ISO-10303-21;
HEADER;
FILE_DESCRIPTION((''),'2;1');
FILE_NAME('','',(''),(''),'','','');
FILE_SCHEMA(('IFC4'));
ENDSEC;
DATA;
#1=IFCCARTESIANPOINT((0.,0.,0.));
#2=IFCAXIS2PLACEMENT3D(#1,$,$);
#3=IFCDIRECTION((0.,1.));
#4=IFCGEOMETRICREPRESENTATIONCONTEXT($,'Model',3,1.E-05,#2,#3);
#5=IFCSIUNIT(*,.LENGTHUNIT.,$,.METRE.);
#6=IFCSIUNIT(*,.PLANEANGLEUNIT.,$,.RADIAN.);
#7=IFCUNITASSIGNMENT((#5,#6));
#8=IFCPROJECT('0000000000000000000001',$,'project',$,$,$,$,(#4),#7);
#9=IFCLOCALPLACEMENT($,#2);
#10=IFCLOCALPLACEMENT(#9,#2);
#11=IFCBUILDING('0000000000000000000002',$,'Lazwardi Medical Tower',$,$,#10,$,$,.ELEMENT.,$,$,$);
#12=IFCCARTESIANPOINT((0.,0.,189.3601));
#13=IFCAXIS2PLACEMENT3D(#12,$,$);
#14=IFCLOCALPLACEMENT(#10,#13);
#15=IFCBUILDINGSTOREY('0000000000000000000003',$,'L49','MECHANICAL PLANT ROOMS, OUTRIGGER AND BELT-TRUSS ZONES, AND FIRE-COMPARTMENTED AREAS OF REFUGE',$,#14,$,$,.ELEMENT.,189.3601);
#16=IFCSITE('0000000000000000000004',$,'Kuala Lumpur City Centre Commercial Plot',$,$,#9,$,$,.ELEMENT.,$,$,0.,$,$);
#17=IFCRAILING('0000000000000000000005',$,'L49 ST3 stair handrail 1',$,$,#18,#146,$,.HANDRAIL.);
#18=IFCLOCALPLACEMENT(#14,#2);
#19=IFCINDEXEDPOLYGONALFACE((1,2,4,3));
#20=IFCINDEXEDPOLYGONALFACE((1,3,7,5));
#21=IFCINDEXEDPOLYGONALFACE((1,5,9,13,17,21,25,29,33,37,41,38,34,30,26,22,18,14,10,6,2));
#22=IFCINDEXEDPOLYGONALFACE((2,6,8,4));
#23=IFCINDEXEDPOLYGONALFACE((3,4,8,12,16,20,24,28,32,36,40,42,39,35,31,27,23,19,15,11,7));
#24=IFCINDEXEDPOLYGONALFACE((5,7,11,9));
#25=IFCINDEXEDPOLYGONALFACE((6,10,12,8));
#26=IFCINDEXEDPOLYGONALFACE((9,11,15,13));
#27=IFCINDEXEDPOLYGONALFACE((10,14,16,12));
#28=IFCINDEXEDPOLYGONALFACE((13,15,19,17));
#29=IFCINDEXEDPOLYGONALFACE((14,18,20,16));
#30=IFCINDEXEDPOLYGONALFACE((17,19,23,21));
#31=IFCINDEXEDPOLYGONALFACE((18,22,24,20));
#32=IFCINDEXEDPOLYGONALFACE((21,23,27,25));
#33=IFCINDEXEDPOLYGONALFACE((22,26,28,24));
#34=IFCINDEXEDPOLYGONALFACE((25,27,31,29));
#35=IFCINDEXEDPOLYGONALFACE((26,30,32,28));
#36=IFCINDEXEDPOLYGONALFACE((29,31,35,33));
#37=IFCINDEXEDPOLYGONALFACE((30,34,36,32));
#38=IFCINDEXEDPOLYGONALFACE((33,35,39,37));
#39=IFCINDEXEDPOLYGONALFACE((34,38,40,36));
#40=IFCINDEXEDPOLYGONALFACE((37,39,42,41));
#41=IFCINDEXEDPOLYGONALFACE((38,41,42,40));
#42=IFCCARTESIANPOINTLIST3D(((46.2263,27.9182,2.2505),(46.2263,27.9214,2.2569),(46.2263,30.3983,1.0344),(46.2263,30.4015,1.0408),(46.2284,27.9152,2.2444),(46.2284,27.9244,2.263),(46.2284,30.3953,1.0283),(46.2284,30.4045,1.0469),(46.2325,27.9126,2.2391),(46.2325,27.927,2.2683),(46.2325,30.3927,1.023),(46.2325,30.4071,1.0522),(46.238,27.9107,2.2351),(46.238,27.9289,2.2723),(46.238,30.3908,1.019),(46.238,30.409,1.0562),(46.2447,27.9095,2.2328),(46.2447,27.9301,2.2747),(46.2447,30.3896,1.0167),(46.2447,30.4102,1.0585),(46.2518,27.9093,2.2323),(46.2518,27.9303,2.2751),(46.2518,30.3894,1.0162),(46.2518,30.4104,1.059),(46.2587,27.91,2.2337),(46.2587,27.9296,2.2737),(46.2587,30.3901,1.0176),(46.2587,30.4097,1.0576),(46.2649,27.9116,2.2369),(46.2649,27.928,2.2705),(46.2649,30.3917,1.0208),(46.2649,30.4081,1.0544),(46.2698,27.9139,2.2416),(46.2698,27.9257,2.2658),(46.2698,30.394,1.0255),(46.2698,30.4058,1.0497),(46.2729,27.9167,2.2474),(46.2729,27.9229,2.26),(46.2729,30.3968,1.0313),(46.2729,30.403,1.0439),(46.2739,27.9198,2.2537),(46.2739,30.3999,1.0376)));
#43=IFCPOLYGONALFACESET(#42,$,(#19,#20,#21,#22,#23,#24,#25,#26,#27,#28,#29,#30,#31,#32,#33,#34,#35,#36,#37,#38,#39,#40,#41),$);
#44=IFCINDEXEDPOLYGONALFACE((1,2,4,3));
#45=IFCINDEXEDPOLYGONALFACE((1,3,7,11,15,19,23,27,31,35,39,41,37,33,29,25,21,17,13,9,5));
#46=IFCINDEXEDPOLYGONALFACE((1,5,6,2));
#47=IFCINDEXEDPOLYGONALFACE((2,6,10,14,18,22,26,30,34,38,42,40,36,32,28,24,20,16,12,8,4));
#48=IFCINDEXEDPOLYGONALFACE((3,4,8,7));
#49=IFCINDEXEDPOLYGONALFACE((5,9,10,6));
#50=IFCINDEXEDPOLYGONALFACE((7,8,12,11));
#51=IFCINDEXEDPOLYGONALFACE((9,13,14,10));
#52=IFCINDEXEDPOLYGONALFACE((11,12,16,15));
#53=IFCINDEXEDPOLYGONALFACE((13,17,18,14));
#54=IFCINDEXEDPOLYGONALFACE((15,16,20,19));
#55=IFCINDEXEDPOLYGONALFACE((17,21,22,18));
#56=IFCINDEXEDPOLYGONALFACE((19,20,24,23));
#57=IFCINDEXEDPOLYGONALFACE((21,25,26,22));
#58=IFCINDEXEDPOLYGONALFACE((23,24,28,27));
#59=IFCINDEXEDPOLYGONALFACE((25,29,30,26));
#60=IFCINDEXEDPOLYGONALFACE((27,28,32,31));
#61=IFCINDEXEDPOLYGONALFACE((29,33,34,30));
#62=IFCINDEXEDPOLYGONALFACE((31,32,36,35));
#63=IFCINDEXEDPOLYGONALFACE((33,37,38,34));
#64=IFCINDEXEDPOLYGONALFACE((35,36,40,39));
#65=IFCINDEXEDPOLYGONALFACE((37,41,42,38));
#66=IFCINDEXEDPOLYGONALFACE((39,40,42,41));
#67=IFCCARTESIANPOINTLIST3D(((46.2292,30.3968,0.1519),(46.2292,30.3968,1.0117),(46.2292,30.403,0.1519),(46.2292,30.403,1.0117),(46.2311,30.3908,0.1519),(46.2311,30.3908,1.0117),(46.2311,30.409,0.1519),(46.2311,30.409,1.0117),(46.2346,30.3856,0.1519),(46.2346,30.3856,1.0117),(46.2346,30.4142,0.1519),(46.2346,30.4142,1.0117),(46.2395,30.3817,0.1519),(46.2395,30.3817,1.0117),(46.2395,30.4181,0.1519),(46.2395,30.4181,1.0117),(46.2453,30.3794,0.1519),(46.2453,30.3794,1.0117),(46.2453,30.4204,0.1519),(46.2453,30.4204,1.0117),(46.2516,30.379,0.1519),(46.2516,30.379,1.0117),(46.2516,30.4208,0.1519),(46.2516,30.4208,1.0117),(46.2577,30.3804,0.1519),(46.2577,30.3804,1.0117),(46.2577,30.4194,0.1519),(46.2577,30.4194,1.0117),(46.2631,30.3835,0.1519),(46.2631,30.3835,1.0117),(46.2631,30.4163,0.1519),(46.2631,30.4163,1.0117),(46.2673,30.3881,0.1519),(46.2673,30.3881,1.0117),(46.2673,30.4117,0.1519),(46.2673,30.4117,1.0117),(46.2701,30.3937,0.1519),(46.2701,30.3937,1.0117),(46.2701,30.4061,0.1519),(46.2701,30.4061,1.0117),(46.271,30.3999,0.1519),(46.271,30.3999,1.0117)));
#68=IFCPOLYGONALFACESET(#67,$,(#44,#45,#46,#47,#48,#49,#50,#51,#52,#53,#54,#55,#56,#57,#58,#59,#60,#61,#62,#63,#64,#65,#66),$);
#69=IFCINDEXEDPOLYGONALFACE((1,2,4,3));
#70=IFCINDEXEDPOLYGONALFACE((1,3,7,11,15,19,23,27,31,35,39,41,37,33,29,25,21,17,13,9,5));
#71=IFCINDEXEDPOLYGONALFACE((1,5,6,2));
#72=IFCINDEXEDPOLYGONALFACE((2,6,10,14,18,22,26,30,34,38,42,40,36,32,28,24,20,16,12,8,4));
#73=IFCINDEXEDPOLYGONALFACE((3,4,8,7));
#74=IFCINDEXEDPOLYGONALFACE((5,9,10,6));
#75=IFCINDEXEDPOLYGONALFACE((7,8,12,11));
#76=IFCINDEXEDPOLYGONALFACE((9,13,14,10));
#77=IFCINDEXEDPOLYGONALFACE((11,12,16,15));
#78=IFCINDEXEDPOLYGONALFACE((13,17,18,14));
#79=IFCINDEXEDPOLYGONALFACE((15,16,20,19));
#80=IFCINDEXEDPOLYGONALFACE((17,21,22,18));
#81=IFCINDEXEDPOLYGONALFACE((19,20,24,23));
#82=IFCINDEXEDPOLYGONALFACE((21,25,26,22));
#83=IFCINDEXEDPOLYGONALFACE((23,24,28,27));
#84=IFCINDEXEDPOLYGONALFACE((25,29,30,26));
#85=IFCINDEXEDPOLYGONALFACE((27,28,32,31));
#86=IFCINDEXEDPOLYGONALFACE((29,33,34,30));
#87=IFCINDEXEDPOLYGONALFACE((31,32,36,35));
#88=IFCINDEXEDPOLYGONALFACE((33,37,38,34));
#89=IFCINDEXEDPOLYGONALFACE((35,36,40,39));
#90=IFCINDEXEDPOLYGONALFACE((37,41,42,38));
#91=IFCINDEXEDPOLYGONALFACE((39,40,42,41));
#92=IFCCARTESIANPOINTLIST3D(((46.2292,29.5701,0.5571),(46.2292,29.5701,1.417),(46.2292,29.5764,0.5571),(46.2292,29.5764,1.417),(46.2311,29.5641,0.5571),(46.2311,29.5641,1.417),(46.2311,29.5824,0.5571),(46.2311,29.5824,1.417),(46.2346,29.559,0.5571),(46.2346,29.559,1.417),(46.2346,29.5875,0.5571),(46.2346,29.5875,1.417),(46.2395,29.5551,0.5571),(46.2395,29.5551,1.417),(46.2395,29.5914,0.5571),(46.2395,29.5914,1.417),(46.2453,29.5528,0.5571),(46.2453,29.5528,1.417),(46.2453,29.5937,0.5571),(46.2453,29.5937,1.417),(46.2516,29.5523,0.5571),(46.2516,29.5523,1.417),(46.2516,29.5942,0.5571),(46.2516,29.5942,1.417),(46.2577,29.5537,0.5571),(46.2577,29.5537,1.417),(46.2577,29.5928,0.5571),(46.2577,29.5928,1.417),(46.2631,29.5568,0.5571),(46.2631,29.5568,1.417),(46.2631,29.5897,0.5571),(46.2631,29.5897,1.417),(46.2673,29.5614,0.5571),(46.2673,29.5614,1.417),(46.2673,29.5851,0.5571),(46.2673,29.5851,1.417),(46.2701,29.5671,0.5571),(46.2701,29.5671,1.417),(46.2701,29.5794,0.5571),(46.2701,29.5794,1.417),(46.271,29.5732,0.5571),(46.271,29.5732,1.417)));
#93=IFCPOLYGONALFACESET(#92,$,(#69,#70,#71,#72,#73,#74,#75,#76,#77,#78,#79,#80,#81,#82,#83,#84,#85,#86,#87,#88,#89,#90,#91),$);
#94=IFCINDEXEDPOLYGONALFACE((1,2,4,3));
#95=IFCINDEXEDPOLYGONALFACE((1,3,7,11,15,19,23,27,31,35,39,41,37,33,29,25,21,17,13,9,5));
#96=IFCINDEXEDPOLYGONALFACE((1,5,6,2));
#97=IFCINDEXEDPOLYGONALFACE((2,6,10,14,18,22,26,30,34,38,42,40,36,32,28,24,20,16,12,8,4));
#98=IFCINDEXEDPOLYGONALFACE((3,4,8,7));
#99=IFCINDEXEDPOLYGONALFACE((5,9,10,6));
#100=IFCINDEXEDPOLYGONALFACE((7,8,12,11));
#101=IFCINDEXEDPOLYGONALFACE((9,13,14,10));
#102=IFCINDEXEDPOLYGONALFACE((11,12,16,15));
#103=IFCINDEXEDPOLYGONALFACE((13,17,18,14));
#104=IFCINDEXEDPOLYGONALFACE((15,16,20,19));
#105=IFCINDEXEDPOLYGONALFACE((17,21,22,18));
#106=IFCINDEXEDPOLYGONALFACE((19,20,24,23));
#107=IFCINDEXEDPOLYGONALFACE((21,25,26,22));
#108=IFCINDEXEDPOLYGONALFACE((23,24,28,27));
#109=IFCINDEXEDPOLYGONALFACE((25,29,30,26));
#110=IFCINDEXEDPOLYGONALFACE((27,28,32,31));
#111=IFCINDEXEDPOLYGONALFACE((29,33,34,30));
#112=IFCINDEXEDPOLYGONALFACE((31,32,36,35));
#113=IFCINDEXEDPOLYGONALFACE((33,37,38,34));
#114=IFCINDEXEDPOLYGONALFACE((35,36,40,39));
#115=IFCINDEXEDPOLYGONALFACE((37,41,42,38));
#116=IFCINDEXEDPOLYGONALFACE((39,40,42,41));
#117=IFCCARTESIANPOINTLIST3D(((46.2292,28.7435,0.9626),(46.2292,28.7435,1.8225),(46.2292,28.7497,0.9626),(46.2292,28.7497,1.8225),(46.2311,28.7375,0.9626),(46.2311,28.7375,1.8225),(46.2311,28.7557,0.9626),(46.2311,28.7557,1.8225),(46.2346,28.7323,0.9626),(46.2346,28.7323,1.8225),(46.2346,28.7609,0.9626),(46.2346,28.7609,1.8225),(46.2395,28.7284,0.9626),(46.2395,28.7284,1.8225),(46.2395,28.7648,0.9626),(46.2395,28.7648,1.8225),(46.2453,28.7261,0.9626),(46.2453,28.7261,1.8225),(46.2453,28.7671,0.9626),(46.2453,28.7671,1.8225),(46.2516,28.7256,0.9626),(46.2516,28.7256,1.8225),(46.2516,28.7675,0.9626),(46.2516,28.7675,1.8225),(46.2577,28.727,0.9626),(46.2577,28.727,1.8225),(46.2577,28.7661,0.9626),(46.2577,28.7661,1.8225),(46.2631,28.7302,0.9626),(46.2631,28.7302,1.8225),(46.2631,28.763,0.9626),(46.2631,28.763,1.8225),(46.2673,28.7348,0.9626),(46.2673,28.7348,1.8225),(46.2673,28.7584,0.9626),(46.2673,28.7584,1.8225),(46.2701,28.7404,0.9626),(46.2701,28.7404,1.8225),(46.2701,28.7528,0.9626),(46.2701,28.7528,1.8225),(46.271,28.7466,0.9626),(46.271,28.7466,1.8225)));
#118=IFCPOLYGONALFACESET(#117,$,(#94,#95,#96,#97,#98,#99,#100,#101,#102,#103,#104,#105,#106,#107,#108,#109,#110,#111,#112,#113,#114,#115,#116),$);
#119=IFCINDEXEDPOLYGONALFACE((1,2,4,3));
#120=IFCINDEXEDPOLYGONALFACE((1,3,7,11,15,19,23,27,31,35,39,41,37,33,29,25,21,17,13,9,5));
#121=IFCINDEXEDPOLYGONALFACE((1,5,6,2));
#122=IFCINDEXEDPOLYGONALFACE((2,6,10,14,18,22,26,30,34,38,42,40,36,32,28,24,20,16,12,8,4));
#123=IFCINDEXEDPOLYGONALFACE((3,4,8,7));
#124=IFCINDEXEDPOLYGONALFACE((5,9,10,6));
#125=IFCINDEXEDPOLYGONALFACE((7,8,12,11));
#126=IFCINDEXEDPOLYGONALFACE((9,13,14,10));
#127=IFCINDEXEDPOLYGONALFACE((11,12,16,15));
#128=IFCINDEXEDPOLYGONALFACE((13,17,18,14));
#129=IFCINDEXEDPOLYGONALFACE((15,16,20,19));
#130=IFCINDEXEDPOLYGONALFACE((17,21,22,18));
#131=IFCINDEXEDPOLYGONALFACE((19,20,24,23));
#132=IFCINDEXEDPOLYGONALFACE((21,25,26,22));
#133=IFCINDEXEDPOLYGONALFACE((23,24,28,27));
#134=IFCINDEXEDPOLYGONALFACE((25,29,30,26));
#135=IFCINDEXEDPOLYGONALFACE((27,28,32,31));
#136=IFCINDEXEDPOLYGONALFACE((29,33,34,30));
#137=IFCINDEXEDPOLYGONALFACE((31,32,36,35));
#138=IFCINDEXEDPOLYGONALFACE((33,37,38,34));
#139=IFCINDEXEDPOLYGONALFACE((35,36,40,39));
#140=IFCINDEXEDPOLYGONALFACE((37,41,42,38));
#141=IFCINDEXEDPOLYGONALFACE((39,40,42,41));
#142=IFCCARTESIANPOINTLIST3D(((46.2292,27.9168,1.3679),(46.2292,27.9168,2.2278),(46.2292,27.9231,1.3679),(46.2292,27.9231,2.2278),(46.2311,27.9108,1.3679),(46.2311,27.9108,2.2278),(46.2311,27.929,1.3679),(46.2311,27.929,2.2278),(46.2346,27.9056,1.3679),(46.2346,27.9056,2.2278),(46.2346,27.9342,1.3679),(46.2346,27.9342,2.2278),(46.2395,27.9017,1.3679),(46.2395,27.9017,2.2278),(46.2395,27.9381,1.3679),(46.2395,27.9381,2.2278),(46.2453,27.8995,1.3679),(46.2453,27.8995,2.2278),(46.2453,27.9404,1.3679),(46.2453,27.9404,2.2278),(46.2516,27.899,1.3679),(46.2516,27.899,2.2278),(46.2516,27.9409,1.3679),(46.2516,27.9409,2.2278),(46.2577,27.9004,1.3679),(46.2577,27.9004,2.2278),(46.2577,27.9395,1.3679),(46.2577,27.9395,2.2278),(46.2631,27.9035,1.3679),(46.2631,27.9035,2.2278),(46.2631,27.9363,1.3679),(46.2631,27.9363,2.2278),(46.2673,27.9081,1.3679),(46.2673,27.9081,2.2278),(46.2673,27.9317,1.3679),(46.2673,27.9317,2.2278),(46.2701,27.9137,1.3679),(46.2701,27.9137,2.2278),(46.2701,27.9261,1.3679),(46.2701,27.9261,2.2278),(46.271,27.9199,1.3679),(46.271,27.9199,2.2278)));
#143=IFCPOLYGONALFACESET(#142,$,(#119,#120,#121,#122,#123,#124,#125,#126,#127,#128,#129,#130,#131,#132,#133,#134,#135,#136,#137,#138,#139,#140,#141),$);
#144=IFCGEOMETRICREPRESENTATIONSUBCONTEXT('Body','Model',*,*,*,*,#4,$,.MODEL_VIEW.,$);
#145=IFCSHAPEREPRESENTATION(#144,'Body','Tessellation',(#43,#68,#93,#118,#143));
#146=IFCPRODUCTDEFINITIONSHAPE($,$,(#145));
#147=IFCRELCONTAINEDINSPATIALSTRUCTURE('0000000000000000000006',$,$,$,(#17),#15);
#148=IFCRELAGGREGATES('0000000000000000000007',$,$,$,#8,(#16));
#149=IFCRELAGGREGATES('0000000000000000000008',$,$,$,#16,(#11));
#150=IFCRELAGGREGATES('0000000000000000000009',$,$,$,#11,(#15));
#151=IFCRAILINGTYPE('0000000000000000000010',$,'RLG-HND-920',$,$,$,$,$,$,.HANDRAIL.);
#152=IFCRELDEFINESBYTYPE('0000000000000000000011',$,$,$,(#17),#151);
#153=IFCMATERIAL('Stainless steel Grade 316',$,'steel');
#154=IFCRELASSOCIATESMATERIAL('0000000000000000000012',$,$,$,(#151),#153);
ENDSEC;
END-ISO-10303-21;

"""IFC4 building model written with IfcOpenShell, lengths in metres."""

from ifc_helpers import new_model, si_unit, direction, frame, origin, origin_2d, place, context, subcontext, project, spatial, circle, extrude, material, type_object, element, save


model = new_model("IFC4")

# Units and contexts
model_context = context("Model", 3, precision=1e-05, world=origin(), true_north=direction((0.0, 1.0)))
body_context = subcontext(model_context, "Body", "Model", "MODEL_VIEW")
ifc_project = project(units=[si_unit("LENGTHUNIT", "METRE"), si_unit("PLANEANGLEUNIT", "RADIAN")], contexts=[model_context])

# Site, building, storey
site_placement = place(None, origin())
site = spatial("IfcSite", under=ifc_project, at=site_placement, Name="Kuala Lumpur City Centre Commercial Plot", CompositionType="ELEMENT", RefElevation=0.0)
building_placement = place(site_placement, origin())
building = spatial("IfcBuilding", under=site, at=building_placement, Name="Lazwardi Medical Tower", CompositionType="ELEMENT")
storey_placement = place(building_placement, frame((0.0, 0.0, 189.3601)))
storey = spatial("IfcBuildingStorey", under=building, at=storey_placement, Name="L49", Description="MECHANICAL PLANT ROOMS, OUTRIGGER AND BELT-TRUSS ZONES, AND FIRE-COMPARTMENTED AREAS OF REFUGE", CompositionType="ELEMENT", Elevation=189.3601)

# Railing
ifc_material_1 = material(Name="Stainless steel Grade 316", Category="steel")
railing_type_1 = type_object("IfcRailingType", Name="RLG-HND-920", PredefinedType="HANDRAIL", material=ifc_material_1)
for number, where, name in (
    (1, (46.25, 30.3999, 0.1519), "L49 ST3 stair handrail 1"),
):
    element("IfcRailing", number, at=place(storey_placement, frame(where)), inside=storey, type_object=railing_type_1, Name=name, PredefinedType="HANDRAIL", context=body_context, shape_type="SweptSolid", body=[
        extrude(circle(Radius=0.0239, at=origin_2d()), frame((0.0, 0.0, 0.8857), z_axis=(0.0, -0.897865, 0.44027), x_axis=(1.0, 0.0, 0.0)), (0.0, 0.0, 1.0), 2.7622),
        extrude(circle(Radius=0.021, at=origin_2d()), origin(), (0.0, 0.0, 1.0), 0.8599),
        extrude(circle(Radius=0.021, at=origin_2d()), frame((0.0, -0.8267, 0.4053)), (0.0, 0.0, 1.0), 0.8599),
        extrude(circle(Radius=0.021, at=origin_2d()), frame((0.0, -1.6533, 0.8108)), (0.0, 0.0, 1.0), 0.8599),
        extrude(circle(Radius=0.021, at=origin_2d()), frame((0.0, -2.48, 1.2161)), (0.0, 0.0, 1.0), 0.8599),
    ])

save(model, "model.ifc")
